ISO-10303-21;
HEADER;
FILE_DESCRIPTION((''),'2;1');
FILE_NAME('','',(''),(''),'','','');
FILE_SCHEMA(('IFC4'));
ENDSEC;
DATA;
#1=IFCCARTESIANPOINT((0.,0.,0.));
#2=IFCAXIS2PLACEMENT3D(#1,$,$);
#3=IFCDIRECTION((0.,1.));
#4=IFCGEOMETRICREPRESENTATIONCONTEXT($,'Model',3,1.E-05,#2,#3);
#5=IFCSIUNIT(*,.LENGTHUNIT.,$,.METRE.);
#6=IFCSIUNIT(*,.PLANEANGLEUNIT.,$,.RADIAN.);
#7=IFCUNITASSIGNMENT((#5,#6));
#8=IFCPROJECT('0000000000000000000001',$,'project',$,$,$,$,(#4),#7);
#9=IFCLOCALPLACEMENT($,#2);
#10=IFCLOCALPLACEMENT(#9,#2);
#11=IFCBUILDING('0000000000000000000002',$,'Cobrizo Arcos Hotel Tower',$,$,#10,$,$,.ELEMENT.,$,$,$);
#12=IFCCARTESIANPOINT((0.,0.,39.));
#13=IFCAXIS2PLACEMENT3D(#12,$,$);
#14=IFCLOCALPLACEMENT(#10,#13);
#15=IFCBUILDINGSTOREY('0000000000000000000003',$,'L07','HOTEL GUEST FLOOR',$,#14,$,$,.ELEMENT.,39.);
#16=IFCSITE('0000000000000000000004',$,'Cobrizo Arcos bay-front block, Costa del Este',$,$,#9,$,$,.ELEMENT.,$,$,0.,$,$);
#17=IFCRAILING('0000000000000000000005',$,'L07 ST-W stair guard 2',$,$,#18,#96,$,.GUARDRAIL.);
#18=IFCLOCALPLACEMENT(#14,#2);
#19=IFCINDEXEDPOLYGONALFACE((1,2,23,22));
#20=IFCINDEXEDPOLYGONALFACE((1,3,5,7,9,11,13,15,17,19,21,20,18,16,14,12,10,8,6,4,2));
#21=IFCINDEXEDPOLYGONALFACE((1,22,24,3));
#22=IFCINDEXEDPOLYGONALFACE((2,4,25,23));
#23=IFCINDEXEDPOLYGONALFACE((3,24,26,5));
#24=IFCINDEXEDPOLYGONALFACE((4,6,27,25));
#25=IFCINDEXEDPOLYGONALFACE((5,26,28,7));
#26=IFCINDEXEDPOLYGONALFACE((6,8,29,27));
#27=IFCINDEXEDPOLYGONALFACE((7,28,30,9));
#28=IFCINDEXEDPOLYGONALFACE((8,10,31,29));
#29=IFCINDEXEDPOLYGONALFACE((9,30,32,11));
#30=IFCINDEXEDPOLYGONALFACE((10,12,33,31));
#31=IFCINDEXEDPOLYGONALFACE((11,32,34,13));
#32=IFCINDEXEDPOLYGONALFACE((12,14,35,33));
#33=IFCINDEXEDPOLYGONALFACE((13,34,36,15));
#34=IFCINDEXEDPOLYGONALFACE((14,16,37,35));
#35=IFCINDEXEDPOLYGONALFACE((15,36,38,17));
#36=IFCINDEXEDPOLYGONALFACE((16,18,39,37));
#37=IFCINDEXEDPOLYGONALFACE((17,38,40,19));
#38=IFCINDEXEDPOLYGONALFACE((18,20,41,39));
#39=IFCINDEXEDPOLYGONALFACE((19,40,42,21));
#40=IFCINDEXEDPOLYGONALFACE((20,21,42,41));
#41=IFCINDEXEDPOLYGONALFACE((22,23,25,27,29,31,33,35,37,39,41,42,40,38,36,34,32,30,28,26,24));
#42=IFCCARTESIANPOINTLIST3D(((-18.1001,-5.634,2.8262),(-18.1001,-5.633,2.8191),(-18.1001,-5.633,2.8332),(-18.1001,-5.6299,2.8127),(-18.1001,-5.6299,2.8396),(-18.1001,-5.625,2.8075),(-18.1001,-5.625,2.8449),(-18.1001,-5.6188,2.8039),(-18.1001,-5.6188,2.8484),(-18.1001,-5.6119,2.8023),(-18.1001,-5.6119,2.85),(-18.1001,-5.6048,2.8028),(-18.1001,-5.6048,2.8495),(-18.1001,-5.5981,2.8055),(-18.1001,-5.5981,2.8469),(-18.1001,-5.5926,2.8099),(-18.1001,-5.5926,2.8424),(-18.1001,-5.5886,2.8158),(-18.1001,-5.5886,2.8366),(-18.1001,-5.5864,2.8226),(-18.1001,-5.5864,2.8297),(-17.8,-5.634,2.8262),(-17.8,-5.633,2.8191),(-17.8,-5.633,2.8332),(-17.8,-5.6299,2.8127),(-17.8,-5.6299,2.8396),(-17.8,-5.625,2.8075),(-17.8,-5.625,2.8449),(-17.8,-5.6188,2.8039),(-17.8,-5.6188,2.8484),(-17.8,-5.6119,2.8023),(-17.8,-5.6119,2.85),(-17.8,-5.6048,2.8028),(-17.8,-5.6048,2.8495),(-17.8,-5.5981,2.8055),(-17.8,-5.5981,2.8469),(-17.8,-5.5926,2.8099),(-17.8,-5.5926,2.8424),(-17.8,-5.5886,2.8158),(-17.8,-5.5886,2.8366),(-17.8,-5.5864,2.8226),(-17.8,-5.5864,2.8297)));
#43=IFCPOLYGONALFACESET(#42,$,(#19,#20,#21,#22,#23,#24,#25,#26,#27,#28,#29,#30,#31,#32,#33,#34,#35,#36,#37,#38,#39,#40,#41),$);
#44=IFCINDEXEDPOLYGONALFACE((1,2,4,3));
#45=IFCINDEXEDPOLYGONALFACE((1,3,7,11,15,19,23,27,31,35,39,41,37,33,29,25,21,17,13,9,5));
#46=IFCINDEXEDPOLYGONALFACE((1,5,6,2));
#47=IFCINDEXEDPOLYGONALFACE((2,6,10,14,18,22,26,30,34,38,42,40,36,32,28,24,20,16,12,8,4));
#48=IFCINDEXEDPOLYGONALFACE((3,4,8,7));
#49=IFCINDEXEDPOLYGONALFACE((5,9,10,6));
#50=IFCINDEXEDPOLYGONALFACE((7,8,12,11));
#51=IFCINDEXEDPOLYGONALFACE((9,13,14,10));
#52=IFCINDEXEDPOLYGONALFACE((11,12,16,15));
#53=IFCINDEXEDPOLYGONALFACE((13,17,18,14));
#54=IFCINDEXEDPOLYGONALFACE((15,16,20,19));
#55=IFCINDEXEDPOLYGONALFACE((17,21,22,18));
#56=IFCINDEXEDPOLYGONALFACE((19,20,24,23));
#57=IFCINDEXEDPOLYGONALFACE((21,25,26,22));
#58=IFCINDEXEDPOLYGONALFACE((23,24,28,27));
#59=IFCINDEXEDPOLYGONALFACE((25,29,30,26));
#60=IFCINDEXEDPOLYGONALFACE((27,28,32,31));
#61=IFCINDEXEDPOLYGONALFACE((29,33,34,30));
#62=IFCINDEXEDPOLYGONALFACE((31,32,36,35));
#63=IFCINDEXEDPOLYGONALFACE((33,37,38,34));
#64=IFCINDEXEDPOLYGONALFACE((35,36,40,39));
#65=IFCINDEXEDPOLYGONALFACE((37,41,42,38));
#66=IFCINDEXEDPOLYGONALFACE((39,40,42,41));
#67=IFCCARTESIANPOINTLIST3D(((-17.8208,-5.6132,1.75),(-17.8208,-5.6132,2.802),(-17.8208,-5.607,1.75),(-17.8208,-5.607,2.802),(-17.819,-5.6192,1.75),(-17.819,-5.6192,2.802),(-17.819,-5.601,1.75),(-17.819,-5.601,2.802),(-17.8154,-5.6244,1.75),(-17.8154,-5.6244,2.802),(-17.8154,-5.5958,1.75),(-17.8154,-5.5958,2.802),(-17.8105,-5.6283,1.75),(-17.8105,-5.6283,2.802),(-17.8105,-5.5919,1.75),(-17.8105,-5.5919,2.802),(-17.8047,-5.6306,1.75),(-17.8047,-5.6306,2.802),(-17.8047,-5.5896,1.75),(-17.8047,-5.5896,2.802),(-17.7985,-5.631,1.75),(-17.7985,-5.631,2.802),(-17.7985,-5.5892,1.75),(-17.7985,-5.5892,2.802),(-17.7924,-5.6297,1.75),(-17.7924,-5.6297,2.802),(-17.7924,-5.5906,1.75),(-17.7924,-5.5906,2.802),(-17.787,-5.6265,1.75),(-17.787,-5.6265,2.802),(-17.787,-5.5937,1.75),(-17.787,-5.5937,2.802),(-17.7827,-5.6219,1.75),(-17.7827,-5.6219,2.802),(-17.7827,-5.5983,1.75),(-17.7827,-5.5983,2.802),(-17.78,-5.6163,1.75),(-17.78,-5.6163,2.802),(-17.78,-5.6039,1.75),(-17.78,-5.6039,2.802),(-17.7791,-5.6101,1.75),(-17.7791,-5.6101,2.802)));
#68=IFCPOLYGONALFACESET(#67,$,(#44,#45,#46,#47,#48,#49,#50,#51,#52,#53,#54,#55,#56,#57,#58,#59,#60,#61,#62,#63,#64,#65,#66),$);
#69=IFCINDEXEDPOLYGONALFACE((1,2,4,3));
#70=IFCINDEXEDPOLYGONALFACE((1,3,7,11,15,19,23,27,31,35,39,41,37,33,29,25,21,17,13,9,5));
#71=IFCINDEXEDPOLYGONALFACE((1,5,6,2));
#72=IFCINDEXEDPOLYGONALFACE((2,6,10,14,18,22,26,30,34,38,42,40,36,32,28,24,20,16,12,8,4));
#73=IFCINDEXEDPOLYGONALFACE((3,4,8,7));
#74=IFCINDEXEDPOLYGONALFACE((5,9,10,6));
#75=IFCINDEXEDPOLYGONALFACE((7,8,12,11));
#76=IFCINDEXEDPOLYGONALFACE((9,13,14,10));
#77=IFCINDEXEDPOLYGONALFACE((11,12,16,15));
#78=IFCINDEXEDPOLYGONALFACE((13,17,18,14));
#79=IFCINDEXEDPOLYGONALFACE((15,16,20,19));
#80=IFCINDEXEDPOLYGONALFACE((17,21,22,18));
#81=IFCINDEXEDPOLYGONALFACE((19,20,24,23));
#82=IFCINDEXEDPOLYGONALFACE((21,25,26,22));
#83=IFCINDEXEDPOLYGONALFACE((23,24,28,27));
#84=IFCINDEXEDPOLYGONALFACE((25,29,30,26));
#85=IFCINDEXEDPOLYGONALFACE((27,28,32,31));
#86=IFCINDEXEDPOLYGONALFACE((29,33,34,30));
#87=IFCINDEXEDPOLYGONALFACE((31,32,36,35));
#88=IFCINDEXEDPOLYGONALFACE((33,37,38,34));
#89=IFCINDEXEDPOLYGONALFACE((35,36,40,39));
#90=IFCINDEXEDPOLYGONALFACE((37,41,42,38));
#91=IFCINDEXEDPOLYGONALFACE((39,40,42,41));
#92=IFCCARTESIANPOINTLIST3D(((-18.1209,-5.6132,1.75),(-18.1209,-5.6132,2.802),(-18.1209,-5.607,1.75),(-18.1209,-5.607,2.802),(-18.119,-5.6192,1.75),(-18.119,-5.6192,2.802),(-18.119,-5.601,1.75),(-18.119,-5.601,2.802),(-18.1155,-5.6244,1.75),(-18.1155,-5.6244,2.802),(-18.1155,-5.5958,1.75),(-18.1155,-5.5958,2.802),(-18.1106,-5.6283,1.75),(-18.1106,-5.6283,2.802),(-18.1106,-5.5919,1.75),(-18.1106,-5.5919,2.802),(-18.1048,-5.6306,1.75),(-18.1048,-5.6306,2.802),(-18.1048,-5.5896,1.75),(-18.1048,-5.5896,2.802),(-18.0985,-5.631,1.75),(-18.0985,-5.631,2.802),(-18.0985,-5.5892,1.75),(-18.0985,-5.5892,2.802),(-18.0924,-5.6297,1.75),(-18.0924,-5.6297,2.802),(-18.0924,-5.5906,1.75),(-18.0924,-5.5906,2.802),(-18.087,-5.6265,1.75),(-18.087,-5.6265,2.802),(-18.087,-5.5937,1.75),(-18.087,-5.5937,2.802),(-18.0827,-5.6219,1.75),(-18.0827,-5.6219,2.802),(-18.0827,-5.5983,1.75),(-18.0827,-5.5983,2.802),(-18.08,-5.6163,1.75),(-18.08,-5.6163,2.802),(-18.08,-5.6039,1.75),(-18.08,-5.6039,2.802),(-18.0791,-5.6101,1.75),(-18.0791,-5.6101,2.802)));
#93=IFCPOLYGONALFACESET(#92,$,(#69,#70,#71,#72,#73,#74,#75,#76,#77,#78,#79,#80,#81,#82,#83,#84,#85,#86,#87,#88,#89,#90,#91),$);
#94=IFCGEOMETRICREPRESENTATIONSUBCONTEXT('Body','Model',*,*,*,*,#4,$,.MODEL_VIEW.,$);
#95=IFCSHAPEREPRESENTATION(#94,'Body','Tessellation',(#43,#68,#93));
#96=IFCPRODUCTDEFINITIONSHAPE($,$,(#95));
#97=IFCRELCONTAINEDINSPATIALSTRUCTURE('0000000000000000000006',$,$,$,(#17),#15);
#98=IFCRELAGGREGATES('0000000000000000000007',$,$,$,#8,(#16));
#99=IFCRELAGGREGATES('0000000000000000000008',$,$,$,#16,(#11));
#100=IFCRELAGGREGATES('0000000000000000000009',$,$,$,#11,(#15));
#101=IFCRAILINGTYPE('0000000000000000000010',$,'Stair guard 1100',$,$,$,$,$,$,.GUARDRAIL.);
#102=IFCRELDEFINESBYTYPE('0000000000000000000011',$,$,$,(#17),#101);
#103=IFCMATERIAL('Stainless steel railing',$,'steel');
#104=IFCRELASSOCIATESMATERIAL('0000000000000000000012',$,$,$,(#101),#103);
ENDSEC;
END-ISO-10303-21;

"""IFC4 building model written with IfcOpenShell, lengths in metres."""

from ifc_helpers import new_model, si_unit, direction, frame, origin, origin_2d, place, context, subcontext, project, spatial, circle, extrude, material, type_object, element, save


model = new_model("IFC4")

# Units and contexts
model_context = context("Model", 3, precision=1e-05, world=origin(), true_north=direction((0.0, 1.0)))
body_context = subcontext(model_context, "Body", "Model", "MODEL_VIEW")
ifc_project = project(units=[si_unit("LENGTHUNIT", "METRE"), si_unit("PLANEANGLEUNIT", "RADIAN")], contexts=[model_context])

# Site, building, storey
site_placement = place(None, origin())
site = spatial("IfcSite", under=ifc_project, at=site_placement, Name="Cobrizo Arcos bay-front block, Costa del Este", CompositionType="ELEMENT", RefElevation=0.0)
building_placement = place(site_placement, origin())
building = spatial("IfcBuilding", under=site, at=building_placement, Name="Cobrizo Arcos Hotel Tower", CompositionType="ELEMENT")
storey_placement = place(building_placement, frame((0.0, 0.0, 39.0)))
storey = spatial("IfcBuildingStorey", under=building, at=storey_placement, Name="L07", Description="HOTEL GUEST FLOOR", CompositionType="ELEMENT", Elevation=39.0)

# Railing
ifc_material_1 = material(Name="Stainless steel railing", Category="steel")
railing_type_1 = type_object("IfcRailingType", Name="Stair guard 1100", PredefinedType="GUARDRAIL", material=ifc_material_1)
railing_1_placement = place(storey_placement, frame((-17.8, -5.6101, 1.75)))
element("IfcRailing", 1, at=railing_1_placement, inside=storey, type_object=railing_type_1, Name="L07 ST-W stair guard 2", PredefinedType="GUARDRAIL", context=body_context, shape_type="SweptSolid", body=[
    extrude(circle(Radius=0.0239, at=origin_2d()), frame((0.0, 0.0, 1.0762), z_axis=(-1.0, 0.0, 0.0), x_axis=(0.0, -1.0, 0.0)), (0.0, 0.0, 1.0), 0.3),
    extrude(circle(Radius=0.021, at=origin_2d()), origin(), (0.0, 0.0, 1.0), 1.052),
    extrude(circle(Radius=0.021, at=origin_2d()), frame((-0.3, 0.0, 0.0)), (0.0, 0.0, 1.0), 1.052),
])

save(model, "model.ifc")
